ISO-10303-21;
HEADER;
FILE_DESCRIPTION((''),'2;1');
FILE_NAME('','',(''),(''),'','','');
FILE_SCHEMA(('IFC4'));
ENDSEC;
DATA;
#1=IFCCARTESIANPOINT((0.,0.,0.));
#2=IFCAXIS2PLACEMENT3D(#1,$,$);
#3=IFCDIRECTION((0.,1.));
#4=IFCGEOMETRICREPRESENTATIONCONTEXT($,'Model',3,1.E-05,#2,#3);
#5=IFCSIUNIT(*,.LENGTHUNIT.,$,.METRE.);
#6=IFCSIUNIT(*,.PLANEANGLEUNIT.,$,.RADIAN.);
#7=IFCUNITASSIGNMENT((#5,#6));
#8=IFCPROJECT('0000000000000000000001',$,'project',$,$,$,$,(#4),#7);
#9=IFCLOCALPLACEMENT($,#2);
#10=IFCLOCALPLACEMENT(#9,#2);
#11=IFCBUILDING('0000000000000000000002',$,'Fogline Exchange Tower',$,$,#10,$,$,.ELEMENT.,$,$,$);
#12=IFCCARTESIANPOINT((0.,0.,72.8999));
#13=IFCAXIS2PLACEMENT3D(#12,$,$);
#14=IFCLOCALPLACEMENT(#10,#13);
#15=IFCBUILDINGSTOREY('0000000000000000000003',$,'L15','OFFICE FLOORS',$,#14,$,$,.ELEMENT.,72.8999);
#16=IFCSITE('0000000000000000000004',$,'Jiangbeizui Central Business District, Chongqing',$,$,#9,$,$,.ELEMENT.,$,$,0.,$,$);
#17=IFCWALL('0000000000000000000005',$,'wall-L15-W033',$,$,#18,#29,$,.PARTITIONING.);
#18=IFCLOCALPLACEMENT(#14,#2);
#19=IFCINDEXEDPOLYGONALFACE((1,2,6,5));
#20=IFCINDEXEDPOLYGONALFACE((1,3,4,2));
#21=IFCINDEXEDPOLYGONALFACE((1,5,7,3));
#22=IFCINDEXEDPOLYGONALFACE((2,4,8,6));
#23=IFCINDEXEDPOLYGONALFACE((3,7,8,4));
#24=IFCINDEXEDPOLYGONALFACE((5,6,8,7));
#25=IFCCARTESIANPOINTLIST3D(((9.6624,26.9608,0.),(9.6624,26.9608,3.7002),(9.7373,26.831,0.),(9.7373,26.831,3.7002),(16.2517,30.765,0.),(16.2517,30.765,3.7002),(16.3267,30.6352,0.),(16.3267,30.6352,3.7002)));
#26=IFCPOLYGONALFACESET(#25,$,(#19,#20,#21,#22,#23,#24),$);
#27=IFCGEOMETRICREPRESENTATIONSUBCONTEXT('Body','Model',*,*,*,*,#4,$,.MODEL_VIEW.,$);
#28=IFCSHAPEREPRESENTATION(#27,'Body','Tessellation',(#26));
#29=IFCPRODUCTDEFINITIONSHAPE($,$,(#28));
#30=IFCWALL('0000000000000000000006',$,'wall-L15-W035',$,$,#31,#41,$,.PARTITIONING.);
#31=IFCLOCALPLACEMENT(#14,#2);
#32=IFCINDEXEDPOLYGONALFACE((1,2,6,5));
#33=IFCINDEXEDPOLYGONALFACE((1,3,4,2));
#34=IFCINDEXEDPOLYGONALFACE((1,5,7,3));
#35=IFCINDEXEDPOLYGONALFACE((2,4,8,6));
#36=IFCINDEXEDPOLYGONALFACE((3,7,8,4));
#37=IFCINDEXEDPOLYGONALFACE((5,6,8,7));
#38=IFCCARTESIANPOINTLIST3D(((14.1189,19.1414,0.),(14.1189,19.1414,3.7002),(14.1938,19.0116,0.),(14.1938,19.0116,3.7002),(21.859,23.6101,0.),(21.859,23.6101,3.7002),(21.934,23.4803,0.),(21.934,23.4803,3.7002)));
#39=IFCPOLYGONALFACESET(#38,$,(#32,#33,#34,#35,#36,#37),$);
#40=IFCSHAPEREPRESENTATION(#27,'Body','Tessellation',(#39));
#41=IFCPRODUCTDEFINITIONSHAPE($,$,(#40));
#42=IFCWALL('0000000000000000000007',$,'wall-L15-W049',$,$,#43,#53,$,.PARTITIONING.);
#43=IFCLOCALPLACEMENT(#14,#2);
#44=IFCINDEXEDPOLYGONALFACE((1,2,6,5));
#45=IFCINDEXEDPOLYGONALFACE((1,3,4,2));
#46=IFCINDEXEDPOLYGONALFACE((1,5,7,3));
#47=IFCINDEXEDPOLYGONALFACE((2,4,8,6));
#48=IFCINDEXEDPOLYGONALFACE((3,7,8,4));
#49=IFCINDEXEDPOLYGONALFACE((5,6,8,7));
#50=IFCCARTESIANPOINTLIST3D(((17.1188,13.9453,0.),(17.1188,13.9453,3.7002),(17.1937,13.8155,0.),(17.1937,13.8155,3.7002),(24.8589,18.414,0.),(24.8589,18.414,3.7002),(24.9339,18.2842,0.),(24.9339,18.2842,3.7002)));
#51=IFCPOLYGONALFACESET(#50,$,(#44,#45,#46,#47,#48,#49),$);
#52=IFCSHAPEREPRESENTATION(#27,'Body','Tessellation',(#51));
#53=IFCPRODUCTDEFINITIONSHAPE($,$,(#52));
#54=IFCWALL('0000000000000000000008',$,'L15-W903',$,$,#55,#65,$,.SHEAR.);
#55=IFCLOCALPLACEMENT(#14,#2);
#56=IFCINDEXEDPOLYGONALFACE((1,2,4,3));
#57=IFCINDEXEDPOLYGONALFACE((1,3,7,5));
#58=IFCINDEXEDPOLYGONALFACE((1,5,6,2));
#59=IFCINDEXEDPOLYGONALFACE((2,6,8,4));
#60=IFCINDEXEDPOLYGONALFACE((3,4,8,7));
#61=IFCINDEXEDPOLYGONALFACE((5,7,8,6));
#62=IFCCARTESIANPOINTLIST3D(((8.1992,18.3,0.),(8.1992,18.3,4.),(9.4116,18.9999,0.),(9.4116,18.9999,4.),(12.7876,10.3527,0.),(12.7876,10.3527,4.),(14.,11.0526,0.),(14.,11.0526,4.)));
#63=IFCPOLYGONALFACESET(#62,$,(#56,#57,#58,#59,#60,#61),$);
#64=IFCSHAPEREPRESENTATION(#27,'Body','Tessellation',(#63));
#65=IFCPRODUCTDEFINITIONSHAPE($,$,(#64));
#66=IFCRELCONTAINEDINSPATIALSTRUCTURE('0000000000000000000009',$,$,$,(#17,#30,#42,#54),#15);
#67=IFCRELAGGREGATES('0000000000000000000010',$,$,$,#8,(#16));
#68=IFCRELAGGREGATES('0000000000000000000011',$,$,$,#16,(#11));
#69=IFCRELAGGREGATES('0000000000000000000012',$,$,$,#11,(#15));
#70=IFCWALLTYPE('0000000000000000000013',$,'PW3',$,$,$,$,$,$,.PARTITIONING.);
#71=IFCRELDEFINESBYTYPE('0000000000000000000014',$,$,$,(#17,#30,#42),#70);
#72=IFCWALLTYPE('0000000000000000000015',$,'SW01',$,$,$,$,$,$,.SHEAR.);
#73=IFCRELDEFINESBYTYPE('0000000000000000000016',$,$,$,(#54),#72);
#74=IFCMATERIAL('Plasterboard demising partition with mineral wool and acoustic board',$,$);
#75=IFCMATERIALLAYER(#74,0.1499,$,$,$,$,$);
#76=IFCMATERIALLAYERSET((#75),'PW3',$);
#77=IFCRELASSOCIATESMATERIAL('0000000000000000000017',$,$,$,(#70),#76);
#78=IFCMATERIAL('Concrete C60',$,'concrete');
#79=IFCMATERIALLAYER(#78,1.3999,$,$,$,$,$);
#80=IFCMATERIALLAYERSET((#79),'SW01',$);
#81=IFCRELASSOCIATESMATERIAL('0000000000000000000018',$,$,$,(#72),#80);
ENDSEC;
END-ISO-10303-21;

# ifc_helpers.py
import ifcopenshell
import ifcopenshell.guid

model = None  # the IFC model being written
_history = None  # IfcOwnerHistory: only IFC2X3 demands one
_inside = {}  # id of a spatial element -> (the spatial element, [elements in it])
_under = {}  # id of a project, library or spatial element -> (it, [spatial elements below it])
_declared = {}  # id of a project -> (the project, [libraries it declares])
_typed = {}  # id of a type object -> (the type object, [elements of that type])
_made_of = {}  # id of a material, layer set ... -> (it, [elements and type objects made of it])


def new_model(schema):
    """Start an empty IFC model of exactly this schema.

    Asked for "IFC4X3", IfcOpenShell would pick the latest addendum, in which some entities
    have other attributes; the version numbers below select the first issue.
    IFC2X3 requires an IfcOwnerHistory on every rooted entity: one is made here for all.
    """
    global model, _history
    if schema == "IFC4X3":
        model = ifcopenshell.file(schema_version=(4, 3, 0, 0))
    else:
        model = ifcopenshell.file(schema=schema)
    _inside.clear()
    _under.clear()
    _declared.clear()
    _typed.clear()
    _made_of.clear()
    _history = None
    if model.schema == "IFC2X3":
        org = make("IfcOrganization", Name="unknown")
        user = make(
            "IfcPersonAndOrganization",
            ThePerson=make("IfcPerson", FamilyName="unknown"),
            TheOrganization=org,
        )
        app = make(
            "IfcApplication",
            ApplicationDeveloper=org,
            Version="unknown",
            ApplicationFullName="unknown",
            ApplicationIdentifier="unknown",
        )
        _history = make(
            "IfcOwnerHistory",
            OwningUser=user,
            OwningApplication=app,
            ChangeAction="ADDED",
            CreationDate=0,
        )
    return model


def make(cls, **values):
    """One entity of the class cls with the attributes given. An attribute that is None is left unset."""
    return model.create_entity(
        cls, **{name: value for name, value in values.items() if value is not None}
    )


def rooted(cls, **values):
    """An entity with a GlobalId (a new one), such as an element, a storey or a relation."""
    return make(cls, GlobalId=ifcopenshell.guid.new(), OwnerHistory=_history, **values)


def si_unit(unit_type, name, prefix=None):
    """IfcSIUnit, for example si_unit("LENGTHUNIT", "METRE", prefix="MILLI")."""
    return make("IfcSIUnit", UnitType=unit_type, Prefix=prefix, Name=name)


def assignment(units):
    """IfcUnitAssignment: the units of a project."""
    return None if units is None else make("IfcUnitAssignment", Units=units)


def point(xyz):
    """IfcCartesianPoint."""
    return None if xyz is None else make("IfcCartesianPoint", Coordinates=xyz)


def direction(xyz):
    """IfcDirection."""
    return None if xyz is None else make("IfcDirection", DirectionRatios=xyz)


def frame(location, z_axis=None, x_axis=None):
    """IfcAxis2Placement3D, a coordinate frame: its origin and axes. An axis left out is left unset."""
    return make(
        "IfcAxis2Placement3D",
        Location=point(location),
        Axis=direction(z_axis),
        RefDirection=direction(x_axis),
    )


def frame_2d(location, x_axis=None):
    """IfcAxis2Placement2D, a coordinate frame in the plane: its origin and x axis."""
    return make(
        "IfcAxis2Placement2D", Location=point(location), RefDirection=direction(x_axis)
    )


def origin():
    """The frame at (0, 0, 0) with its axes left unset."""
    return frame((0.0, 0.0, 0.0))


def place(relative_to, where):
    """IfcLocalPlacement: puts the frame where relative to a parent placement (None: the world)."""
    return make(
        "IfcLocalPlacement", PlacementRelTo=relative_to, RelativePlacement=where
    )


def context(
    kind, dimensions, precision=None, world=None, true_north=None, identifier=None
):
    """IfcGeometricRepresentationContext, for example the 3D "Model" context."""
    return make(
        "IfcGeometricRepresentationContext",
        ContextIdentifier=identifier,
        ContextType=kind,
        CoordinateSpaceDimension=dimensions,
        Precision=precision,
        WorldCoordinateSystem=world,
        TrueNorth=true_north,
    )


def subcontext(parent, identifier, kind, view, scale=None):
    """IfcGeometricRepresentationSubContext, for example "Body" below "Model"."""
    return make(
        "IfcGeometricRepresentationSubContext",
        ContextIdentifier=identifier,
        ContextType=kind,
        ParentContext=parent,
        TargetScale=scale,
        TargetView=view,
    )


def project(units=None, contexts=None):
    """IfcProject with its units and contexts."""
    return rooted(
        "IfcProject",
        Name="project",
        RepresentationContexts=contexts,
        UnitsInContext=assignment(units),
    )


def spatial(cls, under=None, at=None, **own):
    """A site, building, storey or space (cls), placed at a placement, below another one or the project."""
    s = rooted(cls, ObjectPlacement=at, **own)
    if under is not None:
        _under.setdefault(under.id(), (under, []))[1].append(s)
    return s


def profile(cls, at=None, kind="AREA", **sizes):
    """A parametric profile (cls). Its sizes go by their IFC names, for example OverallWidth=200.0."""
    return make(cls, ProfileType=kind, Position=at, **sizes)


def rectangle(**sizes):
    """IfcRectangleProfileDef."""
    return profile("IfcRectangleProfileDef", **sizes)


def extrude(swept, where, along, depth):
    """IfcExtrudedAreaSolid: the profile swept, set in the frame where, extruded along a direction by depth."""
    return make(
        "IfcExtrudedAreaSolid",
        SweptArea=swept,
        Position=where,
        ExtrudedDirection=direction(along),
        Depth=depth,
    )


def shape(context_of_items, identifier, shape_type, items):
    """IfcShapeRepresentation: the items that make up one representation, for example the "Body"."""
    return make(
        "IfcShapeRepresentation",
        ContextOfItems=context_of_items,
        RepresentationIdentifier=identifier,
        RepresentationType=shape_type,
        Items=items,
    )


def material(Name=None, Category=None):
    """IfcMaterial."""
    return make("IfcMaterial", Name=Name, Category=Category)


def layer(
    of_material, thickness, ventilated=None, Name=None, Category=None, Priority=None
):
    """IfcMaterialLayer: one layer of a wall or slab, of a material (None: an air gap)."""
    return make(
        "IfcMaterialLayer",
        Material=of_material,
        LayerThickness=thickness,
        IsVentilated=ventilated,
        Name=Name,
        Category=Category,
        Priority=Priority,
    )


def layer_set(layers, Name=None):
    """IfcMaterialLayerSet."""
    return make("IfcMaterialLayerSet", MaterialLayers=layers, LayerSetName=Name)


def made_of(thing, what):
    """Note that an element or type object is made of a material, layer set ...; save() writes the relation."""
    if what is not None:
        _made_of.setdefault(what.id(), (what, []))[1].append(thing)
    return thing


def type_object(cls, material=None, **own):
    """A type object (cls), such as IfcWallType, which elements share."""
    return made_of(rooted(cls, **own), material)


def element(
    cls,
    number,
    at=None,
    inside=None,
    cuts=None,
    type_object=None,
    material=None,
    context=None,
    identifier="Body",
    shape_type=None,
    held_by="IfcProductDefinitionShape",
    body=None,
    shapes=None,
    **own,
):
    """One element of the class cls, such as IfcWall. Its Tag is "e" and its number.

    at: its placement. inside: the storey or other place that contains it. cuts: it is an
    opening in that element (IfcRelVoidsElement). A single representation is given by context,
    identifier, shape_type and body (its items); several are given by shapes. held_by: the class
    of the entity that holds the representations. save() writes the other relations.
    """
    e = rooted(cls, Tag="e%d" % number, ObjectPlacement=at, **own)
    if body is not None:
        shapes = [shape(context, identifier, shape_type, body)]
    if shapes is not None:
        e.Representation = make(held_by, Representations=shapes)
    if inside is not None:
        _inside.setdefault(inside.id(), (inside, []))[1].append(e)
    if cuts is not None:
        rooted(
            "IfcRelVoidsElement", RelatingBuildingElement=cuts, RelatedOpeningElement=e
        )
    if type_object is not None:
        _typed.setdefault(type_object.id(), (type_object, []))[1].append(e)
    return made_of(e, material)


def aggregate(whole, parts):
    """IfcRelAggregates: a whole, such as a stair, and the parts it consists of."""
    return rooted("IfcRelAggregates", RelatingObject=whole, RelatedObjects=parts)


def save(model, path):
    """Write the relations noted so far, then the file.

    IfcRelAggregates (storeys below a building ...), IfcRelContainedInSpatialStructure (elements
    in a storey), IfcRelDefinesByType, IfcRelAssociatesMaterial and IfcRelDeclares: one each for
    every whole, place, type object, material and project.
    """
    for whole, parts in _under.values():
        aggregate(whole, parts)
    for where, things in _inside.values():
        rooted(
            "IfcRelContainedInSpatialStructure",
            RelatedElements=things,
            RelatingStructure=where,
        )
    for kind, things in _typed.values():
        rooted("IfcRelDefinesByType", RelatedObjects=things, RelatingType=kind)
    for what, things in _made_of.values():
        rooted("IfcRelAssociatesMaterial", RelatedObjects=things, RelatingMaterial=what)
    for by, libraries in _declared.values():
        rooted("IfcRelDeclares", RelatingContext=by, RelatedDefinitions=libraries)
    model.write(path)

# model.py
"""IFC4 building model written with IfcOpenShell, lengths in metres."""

from ifc_helpers import new_model, si_unit, direction, frame, frame_2d, origin, place, context, subcontext, project, spatial, rectangle, extrude, material, layer, layer_set, type_object, element, save


model = new_model("IFC4")

# Units and contexts
model_context = context("Model", 3, precision=1e-05, world=origin(), true_north=direction((0.0, 1.0)))
body_context = subcontext(model_context, "Body", "Model", "MODEL_VIEW")
ifc_project = project(units=[si_unit("LENGTHUNIT", "METRE"), si_unit("PLANEANGLEUNIT", "RADIAN")], contexts=[model_context])

# Site, building, storey
site_placement = place(None, origin())
site = spatial("IfcSite", under=ifc_project, at=site_placement, Name="Jiangbeizui Central Business District, Chongqing", CompositionType="ELEMENT", RefElevation=0.0)
building_placement = place(site_placement, origin())
building = spatial("IfcBuilding", under=site, at=building_placement, Name="Fogline Exchange Tower", CompositionType="ELEMENT")
storey_placement = place(building_placement, frame((0.0, 0.0, 72.8999)))
storey = spatial("IfcBuildingStorey", under=building, at=storey_placement, Name="L15", Description="OFFICE FLOORS", CompositionType="ELEMENT", Elevation=72.8999)

# Walls
ifc_material_1 = material(Name="Plasterboard demising partition with mineral wool and acoustic board")
ifc_layer_1 = layer(ifc_material_1, 0.1499)
ifc_layer_set_1 = layer_set([ifc_layer_1], Name="PW3")
wall_type_1 = type_object("IfcWallType", Name="PW3", PredefinedType="PARTITIONING", material=ifc_layer_set_1)
wall_1_placement = place(storey_placement, frame((9.7, 26.896, 0.0), z_axis=(0.0, 0.0, 1.0), x_axis=(0.866035, 0.499984, 0.0)))
element("IfcWall", 1, at=wall_1_placement, inside=storey, type_object=wall_type_1, Name="wall-L15-W033", PredefinedType="PARTITIONING", context=body_context, shape_type="SweptSolid", body=[
    extrude(rectangle(XDim=7.6086, YDim=0.1499, at=frame_2d((3.8042, 0.0))), origin(), (0.0, 0.0, 1.0), 3.7002),
])
for number, where, z_axis, x_axis, name in (
    (2, (21.8965, 23.5452, 0.0), (0.0, 0.0, 1.0), (-0.866029, -0.499994, 0.0), "wall-L15-W035"),
    (3, (17.1562, 13.8804, 0.0), (0.0, 0.0, 1.0), (0.866029, 0.499994, 0.0), "wall-L15-W049"),
):
    element("IfcWall", number, at=place(storey_placement, frame(where, z_axis=z_axis, x_axis=x_axis)), inside=storey, type_object=wall_type_1, Name=name, PredefinedType="PARTITIONING", context=body_context, shape_type="SweptSolid", body=[
        extrude(rectangle(XDim=8.9375, YDim=0.1499, at=frame_2d((4.4688, 0.0))), origin(), (0.0, 0.0, 1.0), 3.7002),
    ])
ifc_material_2 = material(Name="Concrete C60", Category="concrete")
ifc_layer_2 = layer(ifc_material_2, 1.3999)
ifc_layer_set_2 = layer_set([ifc_layer_2], Name="SW01")
wall_type_2 = type_object("IfcWallType", Name="SW01", PredefinedType="SHEAR", material=ifc_layer_set_2)
wall_2_placement = place(storey_placement, frame((13.3938, 10.7026, 0.0), z_axis=(0.0, 0.0, 1.0), x_axis=(-0.500002, 0.866024, 0.0)))
element("IfcWall", 4, at=wall_2_placement, inside=storey, type_object=wall_type_2, Name="L15-W903", PredefinedType="SHEAR", context=body_context, shape_type="SweptSolid", body=[
    extrude(rectangle(XDim=9.1768, YDim=1.3999, at=frame_2d((4.5884, 0.0))), origin(), (0.0, 0.0, 1.0), 4.0),
])

save(model, "model.ifc")
